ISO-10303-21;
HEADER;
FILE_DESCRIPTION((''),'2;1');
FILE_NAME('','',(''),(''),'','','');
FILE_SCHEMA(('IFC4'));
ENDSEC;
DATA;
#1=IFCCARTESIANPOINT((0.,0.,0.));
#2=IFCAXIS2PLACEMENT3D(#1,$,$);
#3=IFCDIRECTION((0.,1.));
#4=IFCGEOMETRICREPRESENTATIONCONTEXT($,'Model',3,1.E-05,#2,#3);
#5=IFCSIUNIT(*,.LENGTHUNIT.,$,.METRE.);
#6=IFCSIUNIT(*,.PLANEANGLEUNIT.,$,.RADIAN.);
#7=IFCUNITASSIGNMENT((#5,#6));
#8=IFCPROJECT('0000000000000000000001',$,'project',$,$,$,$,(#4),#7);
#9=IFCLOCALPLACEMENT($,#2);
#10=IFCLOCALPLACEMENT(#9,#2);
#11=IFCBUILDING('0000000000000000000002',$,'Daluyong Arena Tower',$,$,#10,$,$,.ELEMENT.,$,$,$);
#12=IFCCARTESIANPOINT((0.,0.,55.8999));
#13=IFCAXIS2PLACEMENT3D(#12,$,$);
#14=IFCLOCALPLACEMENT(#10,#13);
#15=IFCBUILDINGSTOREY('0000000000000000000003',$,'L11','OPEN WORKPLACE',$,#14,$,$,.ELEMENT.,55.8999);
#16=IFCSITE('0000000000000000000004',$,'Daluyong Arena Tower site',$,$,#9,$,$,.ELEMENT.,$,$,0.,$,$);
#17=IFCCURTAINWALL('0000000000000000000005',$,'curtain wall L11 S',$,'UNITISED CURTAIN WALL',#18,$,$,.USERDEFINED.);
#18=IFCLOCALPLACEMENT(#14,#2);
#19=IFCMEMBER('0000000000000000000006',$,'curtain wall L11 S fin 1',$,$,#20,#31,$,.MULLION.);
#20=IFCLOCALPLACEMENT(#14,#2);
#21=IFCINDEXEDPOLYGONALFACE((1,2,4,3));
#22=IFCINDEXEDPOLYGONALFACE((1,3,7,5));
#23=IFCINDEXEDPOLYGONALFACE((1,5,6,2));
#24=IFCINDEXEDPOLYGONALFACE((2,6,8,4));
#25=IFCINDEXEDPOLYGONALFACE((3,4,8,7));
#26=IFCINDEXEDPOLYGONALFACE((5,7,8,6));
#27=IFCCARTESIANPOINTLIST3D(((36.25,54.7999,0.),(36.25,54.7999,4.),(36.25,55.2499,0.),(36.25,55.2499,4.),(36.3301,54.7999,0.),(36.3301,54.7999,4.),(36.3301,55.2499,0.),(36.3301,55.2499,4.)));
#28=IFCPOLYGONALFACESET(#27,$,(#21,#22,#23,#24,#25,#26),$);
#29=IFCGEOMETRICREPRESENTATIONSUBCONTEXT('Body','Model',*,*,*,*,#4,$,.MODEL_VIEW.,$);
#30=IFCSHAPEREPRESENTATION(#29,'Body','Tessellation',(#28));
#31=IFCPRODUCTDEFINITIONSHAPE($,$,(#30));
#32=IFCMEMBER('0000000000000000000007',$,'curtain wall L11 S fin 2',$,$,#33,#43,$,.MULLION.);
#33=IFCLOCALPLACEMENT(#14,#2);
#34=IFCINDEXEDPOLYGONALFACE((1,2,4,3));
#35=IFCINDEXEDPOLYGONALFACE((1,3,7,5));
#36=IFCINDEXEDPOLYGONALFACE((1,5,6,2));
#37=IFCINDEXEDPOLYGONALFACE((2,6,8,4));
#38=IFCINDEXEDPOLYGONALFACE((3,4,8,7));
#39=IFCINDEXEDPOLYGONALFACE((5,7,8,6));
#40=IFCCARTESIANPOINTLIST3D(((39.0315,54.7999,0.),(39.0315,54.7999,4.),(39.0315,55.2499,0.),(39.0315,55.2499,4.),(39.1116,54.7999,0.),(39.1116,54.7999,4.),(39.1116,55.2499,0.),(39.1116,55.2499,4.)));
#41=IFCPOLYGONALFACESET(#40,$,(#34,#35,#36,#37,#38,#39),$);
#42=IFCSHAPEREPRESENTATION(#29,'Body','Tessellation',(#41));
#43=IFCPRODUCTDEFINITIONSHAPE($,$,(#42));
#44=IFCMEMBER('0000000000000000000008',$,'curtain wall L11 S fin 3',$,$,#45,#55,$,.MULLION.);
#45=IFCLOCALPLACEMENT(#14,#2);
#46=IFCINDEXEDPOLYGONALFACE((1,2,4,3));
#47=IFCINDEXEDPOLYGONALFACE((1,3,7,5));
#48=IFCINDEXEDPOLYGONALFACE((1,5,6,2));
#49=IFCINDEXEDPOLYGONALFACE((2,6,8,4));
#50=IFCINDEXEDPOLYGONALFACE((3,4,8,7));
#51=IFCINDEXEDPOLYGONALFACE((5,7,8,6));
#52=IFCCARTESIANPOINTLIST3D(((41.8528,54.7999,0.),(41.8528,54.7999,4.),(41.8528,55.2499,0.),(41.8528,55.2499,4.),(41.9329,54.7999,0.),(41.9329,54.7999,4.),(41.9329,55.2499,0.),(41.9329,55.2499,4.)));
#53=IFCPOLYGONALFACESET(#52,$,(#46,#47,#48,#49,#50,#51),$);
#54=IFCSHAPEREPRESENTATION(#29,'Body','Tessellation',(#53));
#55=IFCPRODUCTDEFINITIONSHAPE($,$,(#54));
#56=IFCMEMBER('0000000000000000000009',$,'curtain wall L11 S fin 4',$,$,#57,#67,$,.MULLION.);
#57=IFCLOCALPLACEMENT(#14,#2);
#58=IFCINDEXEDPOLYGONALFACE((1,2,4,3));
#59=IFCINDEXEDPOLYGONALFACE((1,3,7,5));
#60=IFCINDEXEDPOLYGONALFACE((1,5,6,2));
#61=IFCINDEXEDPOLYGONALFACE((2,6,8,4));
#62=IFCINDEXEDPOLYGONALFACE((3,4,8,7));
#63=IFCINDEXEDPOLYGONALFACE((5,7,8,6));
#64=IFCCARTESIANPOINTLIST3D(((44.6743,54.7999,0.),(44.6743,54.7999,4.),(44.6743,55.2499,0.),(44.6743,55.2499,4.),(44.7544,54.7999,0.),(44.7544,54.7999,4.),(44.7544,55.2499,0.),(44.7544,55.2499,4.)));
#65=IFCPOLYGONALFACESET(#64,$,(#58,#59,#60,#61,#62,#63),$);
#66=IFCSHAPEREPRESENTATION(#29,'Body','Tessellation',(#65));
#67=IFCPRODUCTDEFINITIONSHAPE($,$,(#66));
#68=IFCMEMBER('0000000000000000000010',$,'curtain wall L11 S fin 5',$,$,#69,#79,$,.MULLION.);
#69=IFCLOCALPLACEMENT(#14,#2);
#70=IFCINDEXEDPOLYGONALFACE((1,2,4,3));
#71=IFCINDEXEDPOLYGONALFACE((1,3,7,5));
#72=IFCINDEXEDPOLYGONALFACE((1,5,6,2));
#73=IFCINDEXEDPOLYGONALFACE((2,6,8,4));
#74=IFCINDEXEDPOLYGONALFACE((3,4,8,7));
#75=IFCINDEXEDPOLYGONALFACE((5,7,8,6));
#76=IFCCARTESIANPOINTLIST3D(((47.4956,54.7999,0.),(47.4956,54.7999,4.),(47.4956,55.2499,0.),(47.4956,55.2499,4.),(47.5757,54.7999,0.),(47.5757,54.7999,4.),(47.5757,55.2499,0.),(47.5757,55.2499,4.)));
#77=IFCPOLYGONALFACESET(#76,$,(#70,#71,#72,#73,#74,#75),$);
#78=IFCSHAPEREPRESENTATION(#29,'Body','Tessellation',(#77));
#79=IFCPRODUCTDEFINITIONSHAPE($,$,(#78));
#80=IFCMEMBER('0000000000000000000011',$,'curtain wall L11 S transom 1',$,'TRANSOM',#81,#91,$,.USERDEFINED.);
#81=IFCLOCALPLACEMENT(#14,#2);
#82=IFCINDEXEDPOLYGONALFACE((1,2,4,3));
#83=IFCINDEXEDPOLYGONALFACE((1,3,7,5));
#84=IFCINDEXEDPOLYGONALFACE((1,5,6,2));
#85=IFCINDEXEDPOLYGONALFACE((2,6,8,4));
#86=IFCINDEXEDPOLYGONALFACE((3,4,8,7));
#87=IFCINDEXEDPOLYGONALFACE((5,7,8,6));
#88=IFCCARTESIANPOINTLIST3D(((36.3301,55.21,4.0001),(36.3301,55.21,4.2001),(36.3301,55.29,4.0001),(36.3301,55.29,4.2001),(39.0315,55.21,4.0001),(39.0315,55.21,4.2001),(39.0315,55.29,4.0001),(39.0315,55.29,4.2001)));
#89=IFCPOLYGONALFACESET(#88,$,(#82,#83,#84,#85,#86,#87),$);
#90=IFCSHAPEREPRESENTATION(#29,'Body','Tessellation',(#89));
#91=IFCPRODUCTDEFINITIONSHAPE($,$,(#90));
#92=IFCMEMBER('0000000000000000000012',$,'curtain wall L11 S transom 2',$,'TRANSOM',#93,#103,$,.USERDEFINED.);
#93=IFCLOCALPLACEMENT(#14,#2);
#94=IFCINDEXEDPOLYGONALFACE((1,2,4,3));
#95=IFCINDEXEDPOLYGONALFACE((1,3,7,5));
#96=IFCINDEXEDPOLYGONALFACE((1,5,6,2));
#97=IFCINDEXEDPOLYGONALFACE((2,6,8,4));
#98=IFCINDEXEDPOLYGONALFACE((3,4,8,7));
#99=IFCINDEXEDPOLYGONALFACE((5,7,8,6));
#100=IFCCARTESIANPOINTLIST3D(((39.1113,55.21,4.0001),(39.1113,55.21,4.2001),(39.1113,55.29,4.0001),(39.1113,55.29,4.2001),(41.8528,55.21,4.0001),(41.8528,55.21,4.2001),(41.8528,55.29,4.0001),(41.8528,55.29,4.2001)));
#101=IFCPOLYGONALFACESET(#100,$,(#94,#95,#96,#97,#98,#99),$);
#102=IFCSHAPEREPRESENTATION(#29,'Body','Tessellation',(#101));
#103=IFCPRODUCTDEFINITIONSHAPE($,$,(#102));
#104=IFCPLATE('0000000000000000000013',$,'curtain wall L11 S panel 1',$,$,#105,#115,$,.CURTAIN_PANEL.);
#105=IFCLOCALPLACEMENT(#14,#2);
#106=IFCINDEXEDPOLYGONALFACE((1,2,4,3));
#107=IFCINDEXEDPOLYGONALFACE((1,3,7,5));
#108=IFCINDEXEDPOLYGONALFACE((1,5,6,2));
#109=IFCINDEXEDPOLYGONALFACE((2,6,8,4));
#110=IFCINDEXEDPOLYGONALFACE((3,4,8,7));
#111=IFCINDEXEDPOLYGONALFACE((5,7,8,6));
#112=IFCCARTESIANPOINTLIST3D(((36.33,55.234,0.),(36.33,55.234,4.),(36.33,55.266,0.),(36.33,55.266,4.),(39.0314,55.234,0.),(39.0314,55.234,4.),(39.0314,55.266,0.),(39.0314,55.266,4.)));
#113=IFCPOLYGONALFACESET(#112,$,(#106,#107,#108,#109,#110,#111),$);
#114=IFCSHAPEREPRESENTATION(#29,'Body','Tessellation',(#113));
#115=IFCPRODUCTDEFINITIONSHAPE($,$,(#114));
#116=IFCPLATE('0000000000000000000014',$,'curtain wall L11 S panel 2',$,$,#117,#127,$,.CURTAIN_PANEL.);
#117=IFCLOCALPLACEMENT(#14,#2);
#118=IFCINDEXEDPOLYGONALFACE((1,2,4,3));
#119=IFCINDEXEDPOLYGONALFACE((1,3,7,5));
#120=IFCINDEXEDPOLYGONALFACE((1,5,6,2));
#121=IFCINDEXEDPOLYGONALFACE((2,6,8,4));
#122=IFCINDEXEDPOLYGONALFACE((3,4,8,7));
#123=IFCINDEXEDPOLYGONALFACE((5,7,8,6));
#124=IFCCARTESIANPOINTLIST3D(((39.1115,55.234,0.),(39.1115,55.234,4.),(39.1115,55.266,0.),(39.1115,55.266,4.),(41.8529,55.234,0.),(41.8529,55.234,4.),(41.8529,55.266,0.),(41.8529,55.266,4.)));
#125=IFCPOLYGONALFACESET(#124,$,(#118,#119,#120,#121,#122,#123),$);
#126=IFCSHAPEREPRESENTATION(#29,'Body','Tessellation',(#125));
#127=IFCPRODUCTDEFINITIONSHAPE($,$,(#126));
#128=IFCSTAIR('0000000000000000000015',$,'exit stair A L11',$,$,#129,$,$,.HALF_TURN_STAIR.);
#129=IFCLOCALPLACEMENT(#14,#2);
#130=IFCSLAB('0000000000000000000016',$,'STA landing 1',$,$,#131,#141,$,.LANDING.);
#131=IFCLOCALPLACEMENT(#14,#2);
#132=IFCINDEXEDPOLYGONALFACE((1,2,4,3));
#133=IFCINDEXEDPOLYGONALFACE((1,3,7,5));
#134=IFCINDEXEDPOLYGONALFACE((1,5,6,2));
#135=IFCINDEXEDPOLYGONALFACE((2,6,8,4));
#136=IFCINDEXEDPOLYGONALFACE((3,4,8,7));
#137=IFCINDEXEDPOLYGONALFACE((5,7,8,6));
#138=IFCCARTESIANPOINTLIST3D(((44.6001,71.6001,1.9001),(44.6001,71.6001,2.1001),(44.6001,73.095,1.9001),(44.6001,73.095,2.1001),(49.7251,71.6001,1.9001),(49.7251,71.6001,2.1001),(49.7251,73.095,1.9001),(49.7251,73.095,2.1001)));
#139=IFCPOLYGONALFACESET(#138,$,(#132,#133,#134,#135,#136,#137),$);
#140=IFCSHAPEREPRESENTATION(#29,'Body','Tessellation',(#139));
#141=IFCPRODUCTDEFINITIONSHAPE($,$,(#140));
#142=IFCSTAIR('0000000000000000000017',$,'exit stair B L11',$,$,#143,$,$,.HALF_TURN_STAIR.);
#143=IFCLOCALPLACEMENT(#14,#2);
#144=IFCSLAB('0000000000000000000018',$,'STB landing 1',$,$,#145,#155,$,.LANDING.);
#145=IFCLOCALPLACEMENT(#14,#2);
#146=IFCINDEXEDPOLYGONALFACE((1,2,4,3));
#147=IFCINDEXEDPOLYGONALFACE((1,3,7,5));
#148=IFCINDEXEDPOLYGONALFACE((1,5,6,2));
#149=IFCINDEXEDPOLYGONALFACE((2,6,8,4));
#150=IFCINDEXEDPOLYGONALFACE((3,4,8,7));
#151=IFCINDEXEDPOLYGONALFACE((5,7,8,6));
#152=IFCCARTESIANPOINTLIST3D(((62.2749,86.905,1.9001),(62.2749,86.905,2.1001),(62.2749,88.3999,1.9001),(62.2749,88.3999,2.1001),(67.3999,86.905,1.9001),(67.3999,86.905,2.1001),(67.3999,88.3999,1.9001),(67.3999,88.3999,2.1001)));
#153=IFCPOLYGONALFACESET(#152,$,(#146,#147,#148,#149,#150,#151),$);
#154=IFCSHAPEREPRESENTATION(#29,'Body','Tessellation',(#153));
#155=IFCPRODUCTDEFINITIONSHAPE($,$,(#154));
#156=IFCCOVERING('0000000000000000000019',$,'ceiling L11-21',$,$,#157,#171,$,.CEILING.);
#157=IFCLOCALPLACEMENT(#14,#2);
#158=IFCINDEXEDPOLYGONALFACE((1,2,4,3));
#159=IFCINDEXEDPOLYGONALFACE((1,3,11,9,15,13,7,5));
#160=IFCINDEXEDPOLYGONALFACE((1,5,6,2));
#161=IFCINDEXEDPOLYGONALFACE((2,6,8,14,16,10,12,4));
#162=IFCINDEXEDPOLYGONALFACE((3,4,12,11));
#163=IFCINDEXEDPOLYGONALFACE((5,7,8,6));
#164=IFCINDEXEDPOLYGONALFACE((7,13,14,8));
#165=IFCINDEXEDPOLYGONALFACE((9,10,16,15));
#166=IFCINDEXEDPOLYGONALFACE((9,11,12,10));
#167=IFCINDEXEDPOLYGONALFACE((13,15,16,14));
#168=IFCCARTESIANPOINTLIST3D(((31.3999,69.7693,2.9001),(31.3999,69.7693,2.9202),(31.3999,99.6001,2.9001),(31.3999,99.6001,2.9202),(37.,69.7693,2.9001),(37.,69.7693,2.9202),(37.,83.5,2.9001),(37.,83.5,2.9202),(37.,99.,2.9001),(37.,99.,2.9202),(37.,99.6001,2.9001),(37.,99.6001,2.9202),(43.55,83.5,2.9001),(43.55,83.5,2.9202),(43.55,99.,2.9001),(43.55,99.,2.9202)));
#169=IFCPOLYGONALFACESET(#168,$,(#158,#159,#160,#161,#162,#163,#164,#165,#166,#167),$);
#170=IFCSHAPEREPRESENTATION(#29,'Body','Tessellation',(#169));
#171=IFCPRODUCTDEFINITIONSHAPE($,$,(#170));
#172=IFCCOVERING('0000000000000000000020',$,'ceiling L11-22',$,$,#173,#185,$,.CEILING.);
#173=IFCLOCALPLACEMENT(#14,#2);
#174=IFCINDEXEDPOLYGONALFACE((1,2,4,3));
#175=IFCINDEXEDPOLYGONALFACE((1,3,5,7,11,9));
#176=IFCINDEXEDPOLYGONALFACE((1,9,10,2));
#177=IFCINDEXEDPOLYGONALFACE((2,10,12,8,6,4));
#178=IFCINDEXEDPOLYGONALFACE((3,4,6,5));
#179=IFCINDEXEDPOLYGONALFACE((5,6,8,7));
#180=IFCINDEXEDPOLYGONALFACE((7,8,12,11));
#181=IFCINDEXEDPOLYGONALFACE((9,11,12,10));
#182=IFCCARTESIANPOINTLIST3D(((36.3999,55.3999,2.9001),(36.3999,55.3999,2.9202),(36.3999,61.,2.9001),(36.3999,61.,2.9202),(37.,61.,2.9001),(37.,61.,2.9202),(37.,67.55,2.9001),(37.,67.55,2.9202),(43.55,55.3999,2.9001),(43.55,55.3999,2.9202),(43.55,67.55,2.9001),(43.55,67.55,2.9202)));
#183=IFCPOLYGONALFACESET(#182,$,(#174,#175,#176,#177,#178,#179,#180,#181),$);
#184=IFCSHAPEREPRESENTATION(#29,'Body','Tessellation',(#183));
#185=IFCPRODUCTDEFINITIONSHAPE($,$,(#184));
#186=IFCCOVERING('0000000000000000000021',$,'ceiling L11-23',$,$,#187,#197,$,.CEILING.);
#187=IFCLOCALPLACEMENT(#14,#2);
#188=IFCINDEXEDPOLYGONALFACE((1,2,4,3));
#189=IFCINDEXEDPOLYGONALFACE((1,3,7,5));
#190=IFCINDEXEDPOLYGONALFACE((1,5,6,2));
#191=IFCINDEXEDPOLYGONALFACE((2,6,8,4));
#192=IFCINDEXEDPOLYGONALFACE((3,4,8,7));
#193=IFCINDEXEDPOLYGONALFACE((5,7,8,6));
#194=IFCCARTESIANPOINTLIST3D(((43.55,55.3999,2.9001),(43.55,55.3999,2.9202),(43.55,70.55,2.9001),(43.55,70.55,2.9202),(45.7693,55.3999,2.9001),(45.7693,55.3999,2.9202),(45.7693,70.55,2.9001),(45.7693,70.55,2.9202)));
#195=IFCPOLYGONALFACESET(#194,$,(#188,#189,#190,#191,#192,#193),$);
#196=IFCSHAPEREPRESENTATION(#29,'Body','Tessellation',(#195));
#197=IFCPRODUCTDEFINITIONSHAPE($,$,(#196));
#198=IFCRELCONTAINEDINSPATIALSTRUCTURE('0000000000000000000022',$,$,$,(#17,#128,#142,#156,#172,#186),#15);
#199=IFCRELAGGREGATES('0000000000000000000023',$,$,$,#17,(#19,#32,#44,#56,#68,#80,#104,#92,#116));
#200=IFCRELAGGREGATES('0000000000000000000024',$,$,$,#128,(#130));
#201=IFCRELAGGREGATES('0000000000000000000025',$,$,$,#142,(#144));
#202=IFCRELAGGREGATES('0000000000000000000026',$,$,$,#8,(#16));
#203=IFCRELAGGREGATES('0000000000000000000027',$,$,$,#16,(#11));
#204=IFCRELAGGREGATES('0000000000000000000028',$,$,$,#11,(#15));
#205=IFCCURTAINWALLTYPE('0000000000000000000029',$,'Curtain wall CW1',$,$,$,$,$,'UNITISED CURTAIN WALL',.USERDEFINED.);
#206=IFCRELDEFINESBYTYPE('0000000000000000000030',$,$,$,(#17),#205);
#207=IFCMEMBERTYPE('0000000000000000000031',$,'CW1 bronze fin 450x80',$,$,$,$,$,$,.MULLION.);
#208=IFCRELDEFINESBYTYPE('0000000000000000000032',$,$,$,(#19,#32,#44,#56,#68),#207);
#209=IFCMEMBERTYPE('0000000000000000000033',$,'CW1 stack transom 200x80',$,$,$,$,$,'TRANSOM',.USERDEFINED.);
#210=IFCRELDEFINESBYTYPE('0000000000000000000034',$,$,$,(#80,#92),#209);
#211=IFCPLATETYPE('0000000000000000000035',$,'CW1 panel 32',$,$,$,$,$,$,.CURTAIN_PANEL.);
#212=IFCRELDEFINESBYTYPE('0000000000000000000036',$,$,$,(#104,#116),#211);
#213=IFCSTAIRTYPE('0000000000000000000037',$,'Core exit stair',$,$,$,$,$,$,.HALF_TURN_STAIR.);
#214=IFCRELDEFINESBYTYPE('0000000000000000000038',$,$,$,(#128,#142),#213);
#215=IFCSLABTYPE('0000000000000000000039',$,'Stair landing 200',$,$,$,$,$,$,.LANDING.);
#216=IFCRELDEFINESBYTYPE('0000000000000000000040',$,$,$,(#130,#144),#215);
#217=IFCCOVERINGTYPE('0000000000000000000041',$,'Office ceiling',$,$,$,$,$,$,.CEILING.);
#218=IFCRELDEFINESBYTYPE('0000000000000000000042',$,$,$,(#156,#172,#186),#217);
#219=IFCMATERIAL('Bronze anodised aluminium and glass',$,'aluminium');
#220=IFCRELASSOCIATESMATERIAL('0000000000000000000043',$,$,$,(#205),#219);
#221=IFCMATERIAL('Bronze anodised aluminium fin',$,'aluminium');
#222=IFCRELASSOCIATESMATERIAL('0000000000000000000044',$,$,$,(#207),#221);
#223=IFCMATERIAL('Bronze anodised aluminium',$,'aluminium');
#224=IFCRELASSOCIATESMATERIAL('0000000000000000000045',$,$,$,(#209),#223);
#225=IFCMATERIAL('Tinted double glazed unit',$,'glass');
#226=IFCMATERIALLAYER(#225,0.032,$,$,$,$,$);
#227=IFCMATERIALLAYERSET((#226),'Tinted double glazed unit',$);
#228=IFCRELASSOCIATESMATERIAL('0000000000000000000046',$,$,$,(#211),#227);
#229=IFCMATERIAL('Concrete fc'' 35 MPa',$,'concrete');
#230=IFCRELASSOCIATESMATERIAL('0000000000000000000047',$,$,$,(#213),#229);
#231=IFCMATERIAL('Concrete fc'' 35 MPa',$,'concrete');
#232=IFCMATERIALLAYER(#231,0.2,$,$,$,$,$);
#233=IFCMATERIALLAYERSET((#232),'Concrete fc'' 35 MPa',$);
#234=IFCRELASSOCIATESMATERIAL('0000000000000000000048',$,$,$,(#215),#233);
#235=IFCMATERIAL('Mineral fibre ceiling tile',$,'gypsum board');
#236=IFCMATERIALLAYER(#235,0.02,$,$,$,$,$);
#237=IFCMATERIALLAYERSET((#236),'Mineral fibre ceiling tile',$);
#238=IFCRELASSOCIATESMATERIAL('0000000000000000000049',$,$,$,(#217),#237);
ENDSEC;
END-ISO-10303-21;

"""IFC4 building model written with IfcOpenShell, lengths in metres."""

from ifc_helpers import new_model, si_unit, direction, frame, origin, origin_2d, place, context, subcontext, project, spatial, polyline, rectangle, outline, extrude, material, layer, layer_set, material_profile, profile_set, type_object, element, aggregate, save


model = new_model("IFC4")

# Units and contexts
model_context = context("Model", 3, precision=1e-05, world=origin(), true_north=direction((0.0, 1.0)))
body_context = subcontext(model_context, "Body", "Model", "MODEL_VIEW")
ifc_project = project(units=[si_unit("LENGTHUNIT", "METRE"), si_unit("PLANEANGLEUNIT", "RADIAN")], contexts=[model_context])

# Site, building, storey
site_placement = place(None, origin())
site = spatial("IfcSite", under=ifc_project, at=site_placement, Name="Daluyong Arena Tower site", CompositionType="ELEMENT", RefElevation=0.0)
building_placement = place(site_placement, origin())
building = spatial("IfcBuilding", under=site, at=building_placement, Name="Daluyong Arena Tower", CompositionType="ELEMENT")
storey_placement = place(building_placement, frame((0.0, 0.0, 55.8999)))
storey = spatial("IfcBuildingStorey", under=building, at=storey_placement, Name="L11", Description="OPEN WORKPLACE", CompositionType="ELEMENT", Elevation=55.8999)

# Curtain wall, members, plates
ifc_material_1 = material(Name="Bronze anodised aluminium and glass", Category="aluminium")
curtain_wall_type = type_object("IfcCurtainWallType", Name="Curtain wall CW1", ElementType="UNITISED CURTAIN WALL", PredefinedType="USERDEFINED", material=ifc_material_1)
curtain_wall_placement = place(storey_placement, origin())
curtain_wall = element("IfcCurtainWall", 1, at=curtain_wall_placement, inside=storey, type_object=curtain_wall_type, Name="curtain wall L11 S", ObjectType="UNITISED CURTAIN WALL", PredefinedType="USERDEFINED")
ifc_material_2 = material(Name="Bronze anodised aluminium fin", Category="aluminium")
ifc_material_profile_1 = material_profile(ifc_material_2, rectangle(XDim=0.45, YDim=0.0801, at=origin_2d()))
ifc_profile_set_1 = profile_set([ifc_material_profile_1], Name="Bronze anodised aluminium fin")
member_type_1 = type_object("IfcMemberType", Name="CW1 bronze fin 450x80", PredefinedType="MULLION", material=ifc_profile_set_1)
member_1_placement = place(storey_placement, frame((36.29, 55.0249, 0.0), z_axis=(0.0, 0.0, 1.0), x_axis=(0.0, 1.0, 0.0)))
member_1 = element("IfcMember", 2, at=member_1_placement, type_object=member_type_1, Name="curtain wall L11 S fin 1", PredefinedType="MULLION", context=body_context, shape_type="SweptSolid", body=[
    extrude(rectangle(XDim=0.45, YDim=0.0801, at=origin_2d()), origin(), (0.0, 0.0, 1.0), 4.0),
])
member_2_placement = place(storey_placement, frame((39.0715, 55.0249, 0.0), z_axis=(0.0, 0.0, 1.0), x_axis=(0.0, 1.0, 0.0)))
member_2 = element("IfcMember", 3, at=member_2_placement, type_object=member_type_1, Name="curtain wall L11 S fin 2", PredefinedType="MULLION", context=body_context, shape_type="SweptSolid", body=[
    extrude(rectangle(XDim=0.45, YDim=0.0801, at=origin_2d()), origin(), (0.0, 0.0, 1.0), 4.0),
])
member_3_placement = place(storey_placement, frame((41.8928, 55.0249, 0.0), z_axis=(0.0, 0.0, 1.0), x_axis=(0.0, 1.0, 0.0)))
member_3 = element("IfcMember", 4, at=member_3_placement, type_object=member_type_1, Name="curtain wall L11 S fin 3", PredefinedType="MULLION", context=body_context, shape_type="SweptSolid", body=[
    extrude(rectangle(XDim=0.45, YDim=0.0801, at=origin_2d()), origin(), (0.0, 0.0, 1.0), 4.0),
])
member_4_placement = place(storey_placement, frame((44.7144, 55.0249, 0.0), z_axis=(0.0, 0.0, 1.0), x_axis=(0.0, 1.0, 0.0)))
member_4 = element("IfcMember", 5, at=member_4_placement, type_object=member_type_1, Name="curtain wall L11 S fin 4", PredefinedType="MULLION", context=body_context, shape_type="SweptSolid", body=[
    extrude(rectangle(XDim=0.45, YDim=0.0801, at=origin_2d()), origin(), (0.0, 0.0, 1.0), 4.0),
])
member_5_placement = place(storey_placement, frame((47.5356, 55.0249, 0.0), z_axis=(0.0, 0.0, 1.0), x_axis=(0.0, 1.0, 0.0)))
member_5 = element("IfcMember", 6, at=member_5_placement, type_object=member_type_1, Name="curtain wall L11 S fin 5", PredefinedType="MULLION", context=body_context, shape_type="SweptSolid", body=[
    extrude(rectangle(XDim=0.45, YDim=0.0801, at=origin_2d()), origin(), (0.0, 0.0, 1.0), 4.0),
])
ifc_material_3 = material(Name="Bronze anodised aluminium", Category="aluminium")
ifc_material_profile_2 = material_profile(ifc_material_3, rectangle(XDim=0.0801, YDim=0.2, at=origin_2d()))
ifc_profile_set_2 = profile_set([ifc_material_profile_2], Name="Bronze anodised aluminium")
member_type_2 = type_object("IfcMemberType", Name="CW1 stack transom 200x80", ElementType="TRANSOM", PredefinedType="USERDEFINED", material=ifc_profile_set_2)
member_6_placement = place(storey_placement, frame((36.3301, 55.25, 4.1001), z_axis=(1.0, 0.0, 0.0), x_axis=(0.0, 1.0, 0.0)))
member_6 = element("IfcMember", 7, at=member_6_placement, type_object=member_type_2, Name="curtain wall L11 S transom 1", ObjectType="TRANSOM", PredefinedType="USERDEFINED", context=body_context, shape_type="SweptSolid", body=[
    extrude(rectangle(XDim=0.0801, YDim=0.2, at=origin_2d()), origin(), (0.0, 0.0, 1.0), 2.7014),
])
member_7_placement = place(storey_placement, frame((39.1113, 55.25, 4.1001), z_axis=(1.0, 0.0, 0.0), x_axis=(0.0, 1.0, 0.0)))
member_7 = element("IfcMember", 8, at=member_7_placement, type_object=member_type_2, Name="curtain wall L11 S transom 2", ObjectType="TRANSOM", PredefinedType="USERDEFINED", context=body_context, shape_type="SweptSolid", body=[
    extrude(rectangle(XDim=0.0801, YDim=0.2, at=origin_2d()), origin(), (0.0, 0.0, 1.0), 2.7415),
])
ifc_material_4 = material(Name="Tinted double glazed unit", Category="glass")
ifc_layer_1 = layer(ifc_material_4, 0.032)
ifc_layer_set_1 = layer_set([ifc_layer_1], Name="Tinted double glazed unit")
plate_type = type_object("IfcPlateType", Name="CW1 panel 32", PredefinedType="CURTAIN_PANEL", material=ifc_layer_set_1)
plate_1_placement = place(storey_placement, frame((37.6807, 55.25, 0.0), z_axis=(0.0, 0.0, 1.0), x_axis=(1.0, 0.0, 0.0)))
plate_1 = element("IfcPlate", 9, at=plate_1_placement, type_object=plate_type, Name="curtain wall L11 S panel 1", PredefinedType="CURTAIN_PANEL", context=body_context, shape_type="SweptSolid", body=[
    extrude(rectangle(XDim=2.7014, YDim=0.032, at=origin_2d()), origin(), (0.0, 0.0, 1.0), 4.0),
])
plate_2_placement = place(storey_placement, frame((40.4822, 55.25, 0.0), z_axis=(0.0, 0.0, 1.0), x_axis=(1.0, 0.0, 0.0)))
plate_2 = element("IfcPlate", 10, at=plate_2_placement, type_object=plate_type, Name="curtain wall L11 S panel 2", PredefinedType="CURTAIN_PANEL", context=body_context, shape_type="SweptSolid", body=[
    extrude(rectangle(XDim=2.7415, YDim=0.032, at=origin_2d()), origin(), (0.0, 0.0, 1.0), 4.0),
])
aggregate(curtain_wall, [member_1, member_2, member_3, member_4, member_5, member_6, plate_1, member_7, plate_2])

# Stairs, slabs
ifc_material_5 = material(Name="Concrete fc' 35 MPa", Category="concrete")
stair_type = type_object("IfcStairType", Name="Core exit stair", PredefinedType="HALF_TURN_STAIR", material=ifc_material_5)
stair_1_placement = place(storey_placement, origin())
stair_1 = element("IfcStair", 11, at=stair_1_placement, inside=storey, type_object=stair_type, Name="exit stair A L11", PredefinedType="HALF_TURN_STAIR")
ifc_material_6 = material(Name="Concrete fc' 35 MPa", Category="concrete")
ifc_layer_2 = layer(ifc_material_6, 0.2)
ifc_layer_set_2 = layer_set([ifc_layer_2], Name="Concrete fc' 35 MPa")
slab_type = type_object("IfcSlabType", Name="Stair landing 200", PredefinedType="LANDING", material=ifc_layer_set_2)
slab_1_placement = place(storey_placement, frame((0.0, 0.0, 1.9001)))
slab_1 = element("IfcSlab", 12, at=slab_1_placement, type_object=slab_type, Name="STA landing 1", PredefinedType="LANDING", context=body_context, shape_type="SweptSolid", body=[
    extrude(outline(polyline([(44.6001, 71.6001), (49.7251, 71.6001), (49.7251, 73.095), (44.6001, 73.095), (44.6001, 71.6001)])), origin(), (0.0, 0.0, 1.0), 0.2),
])
aggregate(stair_1, [slab_1])
stair_2_placement = place(storey_placement, origin())
stair_2 = element("IfcStair", 13, at=stair_2_placement, inside=storey, type_object=stair_type, Name="exit stair B L11", PredefinedType="HALF_TURN_STAIR")
slab_2_placement = place(storey_placement, frame((0.0, 0.0, 1.9001)))
slab_2 = element("IfcSlab", 14, at=slab_2_placement, type_object=slab_type, Name="STB landing 1", PredefinedType="LANDING", context=body_context, shape_type="SweptSolid", body=[
    extrude(outline(polyline([(62.2749, 86.905), (67.3999, 86.905), (67.3999, 88.3999), (62.2749, 88.3999), (62.2749, 86.905)])), origin(), (0.0, 0.0, 1.0), 0.2),
])
aggregate(stair_2, [slab_2])

# Coverings
ifc_material_7 = material(Name="Mineral fibre ceiling tile", Category="gypsum board")
ifc_layer_3 = layer(ifc_material_7, 0.02)
ifc_layer_set_3 = layer_set([ifc_layer_3], Name="Mineral fibre ceiling tile")
covering_type = type_object("IfcCoveringType", Name="Office ceiling", PredefinedType="CEILING", material=ifc_layer_set_3)
covering_1_placement = place(storey_placement, frame((0.0, 0.0, 2.9001)))
element("IfcCovering", 15, at=covering_1_placement, inside=storey, type_object=covering_type, Name="ceiling L11-21", PredefinedType="CEILING", context=body_context, shape_type="SweptSolid", body=[
    extrude(outline(polyline([(37.0, 99.0), (37.0, 99.6001), (31.3999, 99.6001), (31.3999, 69.7693), (37.0, 69.7693), (37.0, 83.5), (43.55, 83.5), (43.55, 99.0), (37.0, 99.0)])), origin(), (0.0, 0.0, 1.0), 0.02),
])
covering_2_placement = place(storey_placement, frame((0.0, 0.0, 2.9001)))
element("IfcCovering", 16, at=covering_2_placement, inside=storey, type_object=covering_type, Name="ceiling L11-22", PredefinedType="CEILING", context=body_context, shape_type="SweptSolid", body=[
    extrude(outline(polyline([(36.3999, 55.3999), (43.55, 55.3999), (43.55, 67.55), (37.0, 67.55), (37.0, 61.0), (36.3999, 61.0), (36.3999, 55.3999)])), origin(), (0.0, 0.0, 1.0), 0.02),
])
covering_3_placement = place(storey_placement, frame((0.0, 0.0, 2.9001)))
element("IfcCovering", 17, at=covering_3_placement, inside=storey, type_object=covering_type, Name="ceiling L11-23", PredefinedType="CEILING", context=body_context, shape_type="SweptSolid", body=[
    extrude(outline(polyline([(43.55, 55.3999), (45.7693, 55.3999), (45.7693, 70.55), (43.55, 70.55), (43.55, 55.3999)])), origin(), (0.0, 0.0, 1.0), 0.02),
])

save(model, "model.ifc")
